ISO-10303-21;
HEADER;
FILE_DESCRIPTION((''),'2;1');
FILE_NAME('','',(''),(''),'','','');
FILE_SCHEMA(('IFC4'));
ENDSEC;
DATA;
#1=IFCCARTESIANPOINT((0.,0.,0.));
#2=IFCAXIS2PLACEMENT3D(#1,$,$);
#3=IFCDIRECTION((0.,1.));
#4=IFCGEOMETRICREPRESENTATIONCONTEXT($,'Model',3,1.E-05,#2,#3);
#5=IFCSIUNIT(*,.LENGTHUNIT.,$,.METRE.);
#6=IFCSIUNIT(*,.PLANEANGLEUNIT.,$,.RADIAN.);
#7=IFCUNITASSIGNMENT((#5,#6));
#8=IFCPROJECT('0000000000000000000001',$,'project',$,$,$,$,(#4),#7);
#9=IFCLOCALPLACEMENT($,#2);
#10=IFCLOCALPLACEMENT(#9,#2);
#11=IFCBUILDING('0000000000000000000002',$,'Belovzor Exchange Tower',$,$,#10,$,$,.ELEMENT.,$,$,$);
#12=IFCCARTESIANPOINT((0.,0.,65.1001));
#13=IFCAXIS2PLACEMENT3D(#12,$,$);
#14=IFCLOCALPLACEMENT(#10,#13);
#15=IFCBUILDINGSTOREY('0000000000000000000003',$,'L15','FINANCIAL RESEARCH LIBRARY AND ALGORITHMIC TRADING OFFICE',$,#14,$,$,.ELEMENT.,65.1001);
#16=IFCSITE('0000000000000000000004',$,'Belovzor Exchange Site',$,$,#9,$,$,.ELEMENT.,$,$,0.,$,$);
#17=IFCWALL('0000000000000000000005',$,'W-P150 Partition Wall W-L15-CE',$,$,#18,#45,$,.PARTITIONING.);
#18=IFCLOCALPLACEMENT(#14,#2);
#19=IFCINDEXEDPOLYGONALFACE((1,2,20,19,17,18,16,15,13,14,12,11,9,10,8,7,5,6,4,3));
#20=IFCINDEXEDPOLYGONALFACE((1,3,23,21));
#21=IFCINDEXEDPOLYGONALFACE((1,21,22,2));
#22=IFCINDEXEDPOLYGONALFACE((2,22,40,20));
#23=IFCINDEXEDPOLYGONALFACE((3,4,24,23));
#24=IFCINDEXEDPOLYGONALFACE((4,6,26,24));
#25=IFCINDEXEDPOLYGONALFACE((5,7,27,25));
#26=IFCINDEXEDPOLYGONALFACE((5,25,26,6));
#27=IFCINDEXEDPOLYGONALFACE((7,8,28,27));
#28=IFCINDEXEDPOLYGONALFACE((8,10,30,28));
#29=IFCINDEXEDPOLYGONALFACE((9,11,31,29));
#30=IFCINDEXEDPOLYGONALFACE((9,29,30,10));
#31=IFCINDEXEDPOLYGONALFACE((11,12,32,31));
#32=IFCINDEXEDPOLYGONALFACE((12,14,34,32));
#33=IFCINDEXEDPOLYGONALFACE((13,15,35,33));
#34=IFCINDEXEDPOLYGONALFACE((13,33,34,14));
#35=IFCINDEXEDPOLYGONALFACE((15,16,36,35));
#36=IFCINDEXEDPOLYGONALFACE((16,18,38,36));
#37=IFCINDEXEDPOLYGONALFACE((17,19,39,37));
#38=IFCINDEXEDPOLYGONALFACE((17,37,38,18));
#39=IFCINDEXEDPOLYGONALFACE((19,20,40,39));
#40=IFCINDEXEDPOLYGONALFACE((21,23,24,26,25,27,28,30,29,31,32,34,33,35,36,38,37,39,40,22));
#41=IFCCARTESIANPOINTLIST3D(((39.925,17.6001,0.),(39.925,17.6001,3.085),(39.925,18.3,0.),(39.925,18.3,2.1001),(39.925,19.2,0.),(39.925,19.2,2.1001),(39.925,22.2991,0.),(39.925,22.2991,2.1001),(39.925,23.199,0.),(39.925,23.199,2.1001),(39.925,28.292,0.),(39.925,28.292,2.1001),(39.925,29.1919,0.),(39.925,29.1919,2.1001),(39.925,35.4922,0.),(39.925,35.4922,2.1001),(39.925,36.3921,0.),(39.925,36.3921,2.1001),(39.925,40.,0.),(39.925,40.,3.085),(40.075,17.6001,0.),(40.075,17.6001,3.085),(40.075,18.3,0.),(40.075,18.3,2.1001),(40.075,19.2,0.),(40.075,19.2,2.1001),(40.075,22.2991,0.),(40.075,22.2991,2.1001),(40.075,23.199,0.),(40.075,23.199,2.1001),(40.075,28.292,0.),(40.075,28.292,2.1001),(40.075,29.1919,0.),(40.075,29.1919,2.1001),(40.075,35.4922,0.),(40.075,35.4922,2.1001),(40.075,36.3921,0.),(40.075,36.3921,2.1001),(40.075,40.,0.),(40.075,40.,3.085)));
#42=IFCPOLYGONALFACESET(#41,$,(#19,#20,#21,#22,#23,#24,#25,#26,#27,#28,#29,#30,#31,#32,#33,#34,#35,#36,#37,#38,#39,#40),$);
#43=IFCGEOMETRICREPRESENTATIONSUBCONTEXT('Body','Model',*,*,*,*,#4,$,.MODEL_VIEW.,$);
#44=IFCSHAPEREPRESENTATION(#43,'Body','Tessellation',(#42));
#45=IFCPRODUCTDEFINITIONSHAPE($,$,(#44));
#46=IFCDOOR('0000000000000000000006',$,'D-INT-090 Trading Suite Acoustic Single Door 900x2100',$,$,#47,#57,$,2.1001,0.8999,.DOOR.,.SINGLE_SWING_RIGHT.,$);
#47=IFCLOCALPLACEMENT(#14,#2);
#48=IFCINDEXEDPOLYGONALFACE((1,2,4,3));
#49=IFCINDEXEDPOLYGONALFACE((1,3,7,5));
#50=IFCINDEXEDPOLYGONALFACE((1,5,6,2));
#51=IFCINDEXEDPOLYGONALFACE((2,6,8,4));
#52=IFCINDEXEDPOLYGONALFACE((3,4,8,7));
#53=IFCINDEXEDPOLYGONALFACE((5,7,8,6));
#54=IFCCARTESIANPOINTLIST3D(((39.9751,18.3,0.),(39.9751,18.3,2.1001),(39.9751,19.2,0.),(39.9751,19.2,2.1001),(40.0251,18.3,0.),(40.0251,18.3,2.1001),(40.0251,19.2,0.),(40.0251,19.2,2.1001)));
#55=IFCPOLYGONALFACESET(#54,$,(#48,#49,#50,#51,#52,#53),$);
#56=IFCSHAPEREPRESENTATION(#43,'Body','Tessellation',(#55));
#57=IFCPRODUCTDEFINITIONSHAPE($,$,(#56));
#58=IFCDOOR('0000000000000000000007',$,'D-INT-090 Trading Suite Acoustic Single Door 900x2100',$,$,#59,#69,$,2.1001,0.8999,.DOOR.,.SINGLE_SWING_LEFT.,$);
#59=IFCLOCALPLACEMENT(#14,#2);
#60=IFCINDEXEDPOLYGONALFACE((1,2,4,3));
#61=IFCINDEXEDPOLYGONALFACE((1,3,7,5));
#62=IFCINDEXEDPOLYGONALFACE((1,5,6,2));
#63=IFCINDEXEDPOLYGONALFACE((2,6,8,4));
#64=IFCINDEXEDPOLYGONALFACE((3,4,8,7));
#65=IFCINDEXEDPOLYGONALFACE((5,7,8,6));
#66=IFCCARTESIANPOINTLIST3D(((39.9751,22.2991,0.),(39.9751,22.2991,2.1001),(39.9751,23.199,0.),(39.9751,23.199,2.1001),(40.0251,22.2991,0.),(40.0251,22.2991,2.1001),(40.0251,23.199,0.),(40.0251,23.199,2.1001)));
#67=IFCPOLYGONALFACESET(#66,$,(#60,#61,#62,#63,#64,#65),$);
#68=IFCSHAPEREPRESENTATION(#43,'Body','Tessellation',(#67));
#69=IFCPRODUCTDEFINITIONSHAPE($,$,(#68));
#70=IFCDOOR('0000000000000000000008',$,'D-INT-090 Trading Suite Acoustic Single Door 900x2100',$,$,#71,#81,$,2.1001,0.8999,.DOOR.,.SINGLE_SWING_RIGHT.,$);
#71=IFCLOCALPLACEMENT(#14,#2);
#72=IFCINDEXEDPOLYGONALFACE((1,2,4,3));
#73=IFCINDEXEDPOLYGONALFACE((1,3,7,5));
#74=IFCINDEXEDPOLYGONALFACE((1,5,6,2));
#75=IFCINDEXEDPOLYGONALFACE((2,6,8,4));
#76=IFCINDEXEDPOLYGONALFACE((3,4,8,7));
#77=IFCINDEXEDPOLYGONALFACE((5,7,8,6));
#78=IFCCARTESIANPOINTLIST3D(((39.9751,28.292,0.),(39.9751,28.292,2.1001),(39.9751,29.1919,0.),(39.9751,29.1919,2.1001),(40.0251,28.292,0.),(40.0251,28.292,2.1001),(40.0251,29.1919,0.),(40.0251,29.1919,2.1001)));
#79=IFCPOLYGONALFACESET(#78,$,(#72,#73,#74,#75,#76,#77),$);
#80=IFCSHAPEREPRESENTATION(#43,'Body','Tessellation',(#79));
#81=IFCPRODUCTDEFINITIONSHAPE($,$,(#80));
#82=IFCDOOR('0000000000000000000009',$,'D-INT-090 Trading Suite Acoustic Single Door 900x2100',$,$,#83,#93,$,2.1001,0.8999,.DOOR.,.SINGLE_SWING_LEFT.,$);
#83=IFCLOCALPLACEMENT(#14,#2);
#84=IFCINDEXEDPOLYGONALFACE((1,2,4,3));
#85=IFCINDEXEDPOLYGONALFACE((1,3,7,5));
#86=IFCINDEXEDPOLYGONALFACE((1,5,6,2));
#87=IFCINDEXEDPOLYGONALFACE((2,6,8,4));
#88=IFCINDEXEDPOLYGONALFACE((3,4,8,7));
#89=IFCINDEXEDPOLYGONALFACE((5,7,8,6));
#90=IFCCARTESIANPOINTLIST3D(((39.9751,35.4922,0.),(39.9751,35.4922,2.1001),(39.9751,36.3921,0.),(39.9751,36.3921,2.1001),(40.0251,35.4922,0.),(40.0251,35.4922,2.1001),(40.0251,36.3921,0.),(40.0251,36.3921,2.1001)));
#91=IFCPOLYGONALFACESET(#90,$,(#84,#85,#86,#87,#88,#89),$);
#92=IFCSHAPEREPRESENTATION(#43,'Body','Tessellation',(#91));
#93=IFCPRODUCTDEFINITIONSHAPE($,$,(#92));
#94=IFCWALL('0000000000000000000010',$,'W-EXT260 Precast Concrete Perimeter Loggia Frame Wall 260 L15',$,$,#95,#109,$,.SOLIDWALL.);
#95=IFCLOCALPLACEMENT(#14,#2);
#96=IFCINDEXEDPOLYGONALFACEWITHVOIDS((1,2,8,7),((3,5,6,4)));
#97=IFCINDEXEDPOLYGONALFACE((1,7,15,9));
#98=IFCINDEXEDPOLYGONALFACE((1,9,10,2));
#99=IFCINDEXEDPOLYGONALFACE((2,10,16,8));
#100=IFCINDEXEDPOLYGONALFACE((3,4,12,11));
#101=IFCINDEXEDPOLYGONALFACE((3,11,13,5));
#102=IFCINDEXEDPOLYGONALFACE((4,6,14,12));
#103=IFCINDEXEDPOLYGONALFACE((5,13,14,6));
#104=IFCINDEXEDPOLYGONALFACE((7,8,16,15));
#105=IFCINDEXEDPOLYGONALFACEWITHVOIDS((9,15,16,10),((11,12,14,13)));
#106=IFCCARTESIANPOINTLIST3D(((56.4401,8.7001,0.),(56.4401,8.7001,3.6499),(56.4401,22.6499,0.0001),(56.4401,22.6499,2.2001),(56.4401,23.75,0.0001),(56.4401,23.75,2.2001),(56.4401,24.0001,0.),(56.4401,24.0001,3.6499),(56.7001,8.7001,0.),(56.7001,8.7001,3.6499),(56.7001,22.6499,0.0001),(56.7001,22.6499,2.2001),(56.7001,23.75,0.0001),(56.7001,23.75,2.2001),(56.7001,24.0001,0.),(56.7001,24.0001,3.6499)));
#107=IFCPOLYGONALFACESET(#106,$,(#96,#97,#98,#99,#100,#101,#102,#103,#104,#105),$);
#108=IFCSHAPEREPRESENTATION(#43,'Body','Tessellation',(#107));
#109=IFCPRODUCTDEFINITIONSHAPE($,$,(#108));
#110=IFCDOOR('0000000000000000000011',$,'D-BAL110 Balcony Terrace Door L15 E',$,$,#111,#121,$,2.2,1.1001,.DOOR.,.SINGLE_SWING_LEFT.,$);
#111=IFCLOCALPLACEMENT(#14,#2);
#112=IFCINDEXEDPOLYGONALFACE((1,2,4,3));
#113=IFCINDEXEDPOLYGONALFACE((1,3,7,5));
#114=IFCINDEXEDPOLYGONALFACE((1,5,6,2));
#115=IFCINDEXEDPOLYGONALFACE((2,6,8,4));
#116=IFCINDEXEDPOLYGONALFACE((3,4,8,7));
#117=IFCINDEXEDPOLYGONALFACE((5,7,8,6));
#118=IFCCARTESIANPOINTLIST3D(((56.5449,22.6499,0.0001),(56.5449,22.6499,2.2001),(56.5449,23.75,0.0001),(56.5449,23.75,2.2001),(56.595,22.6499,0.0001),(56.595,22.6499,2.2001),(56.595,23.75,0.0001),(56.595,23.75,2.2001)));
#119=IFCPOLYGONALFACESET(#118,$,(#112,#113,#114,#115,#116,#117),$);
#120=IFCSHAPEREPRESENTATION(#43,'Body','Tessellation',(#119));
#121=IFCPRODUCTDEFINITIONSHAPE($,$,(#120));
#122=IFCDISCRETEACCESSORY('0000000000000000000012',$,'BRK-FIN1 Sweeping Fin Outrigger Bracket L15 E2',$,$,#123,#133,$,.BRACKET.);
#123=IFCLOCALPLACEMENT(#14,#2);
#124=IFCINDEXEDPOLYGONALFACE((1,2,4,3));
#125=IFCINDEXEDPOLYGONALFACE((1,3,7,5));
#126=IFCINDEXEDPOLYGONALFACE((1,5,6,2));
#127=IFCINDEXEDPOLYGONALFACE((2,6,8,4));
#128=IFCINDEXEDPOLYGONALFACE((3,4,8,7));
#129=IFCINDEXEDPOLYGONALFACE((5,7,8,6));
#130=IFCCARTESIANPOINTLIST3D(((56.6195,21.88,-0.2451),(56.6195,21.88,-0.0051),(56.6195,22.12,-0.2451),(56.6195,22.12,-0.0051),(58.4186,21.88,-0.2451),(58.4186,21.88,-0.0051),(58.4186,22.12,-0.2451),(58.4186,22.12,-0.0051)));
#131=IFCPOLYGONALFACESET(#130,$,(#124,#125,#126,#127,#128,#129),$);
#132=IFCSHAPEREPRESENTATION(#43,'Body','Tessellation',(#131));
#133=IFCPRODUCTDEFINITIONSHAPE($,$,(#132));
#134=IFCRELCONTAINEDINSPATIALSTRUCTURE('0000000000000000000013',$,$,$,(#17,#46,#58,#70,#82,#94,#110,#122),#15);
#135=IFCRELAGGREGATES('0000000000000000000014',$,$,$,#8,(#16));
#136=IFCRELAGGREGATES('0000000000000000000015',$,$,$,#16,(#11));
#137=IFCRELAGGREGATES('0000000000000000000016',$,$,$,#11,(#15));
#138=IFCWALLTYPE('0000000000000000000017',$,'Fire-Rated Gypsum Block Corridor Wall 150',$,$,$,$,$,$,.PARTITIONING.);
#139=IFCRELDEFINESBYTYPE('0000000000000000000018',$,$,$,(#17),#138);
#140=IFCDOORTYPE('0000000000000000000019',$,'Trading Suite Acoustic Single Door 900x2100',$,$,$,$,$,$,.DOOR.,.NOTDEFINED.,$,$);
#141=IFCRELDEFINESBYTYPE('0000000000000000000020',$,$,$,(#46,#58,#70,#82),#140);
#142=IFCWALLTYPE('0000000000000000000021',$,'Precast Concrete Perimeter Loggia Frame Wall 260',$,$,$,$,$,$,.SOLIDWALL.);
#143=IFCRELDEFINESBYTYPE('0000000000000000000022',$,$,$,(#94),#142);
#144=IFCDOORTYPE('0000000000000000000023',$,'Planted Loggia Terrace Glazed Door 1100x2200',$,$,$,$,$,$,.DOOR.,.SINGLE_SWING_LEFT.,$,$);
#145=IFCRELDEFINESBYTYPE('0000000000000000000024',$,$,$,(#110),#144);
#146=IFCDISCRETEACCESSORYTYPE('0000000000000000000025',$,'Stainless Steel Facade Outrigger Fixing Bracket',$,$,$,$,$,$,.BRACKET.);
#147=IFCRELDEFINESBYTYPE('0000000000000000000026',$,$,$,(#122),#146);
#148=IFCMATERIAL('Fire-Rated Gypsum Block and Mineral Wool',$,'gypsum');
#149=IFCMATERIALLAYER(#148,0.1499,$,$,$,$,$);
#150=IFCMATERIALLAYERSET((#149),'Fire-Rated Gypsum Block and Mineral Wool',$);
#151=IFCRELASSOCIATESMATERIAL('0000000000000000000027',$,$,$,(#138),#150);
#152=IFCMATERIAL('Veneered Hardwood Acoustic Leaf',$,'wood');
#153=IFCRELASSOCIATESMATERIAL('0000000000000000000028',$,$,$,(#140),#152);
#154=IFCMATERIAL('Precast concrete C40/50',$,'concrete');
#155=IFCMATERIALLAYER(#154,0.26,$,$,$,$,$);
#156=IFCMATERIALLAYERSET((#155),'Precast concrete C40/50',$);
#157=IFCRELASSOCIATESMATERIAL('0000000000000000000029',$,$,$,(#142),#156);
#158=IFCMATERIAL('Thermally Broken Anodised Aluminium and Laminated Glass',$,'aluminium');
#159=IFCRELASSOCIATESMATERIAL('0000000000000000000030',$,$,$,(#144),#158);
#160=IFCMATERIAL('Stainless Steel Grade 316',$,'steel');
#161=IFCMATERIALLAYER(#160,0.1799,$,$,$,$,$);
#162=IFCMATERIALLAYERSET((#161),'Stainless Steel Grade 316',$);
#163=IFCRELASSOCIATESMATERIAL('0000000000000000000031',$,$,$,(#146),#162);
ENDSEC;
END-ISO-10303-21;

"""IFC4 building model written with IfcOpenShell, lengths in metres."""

from ifc_helpers import new_model, si_unit, direction, frame, frame_2d, origin, origin_2d, place, context, subcontext, project, spatial, rectangle, extrude, material, layer, layer_set, type_object, element, fill, save


model = new_model("IFC4")

# Units and contexts
model_context = context("Model", 3, precision=1e-05, world=origin(), true_north=direction((0.0, 1.0)))
body_context = subcontext(model_context, "Body", "Model", "MODEL_VIEW")
ifc_project = project(units=[si_unit("LENGTHUNIT", "METRE"), si_unit("PLANEANGLEUNIT", "RADIAN")], contexts=[model_context])

# Site, building, storey
site_placement = place(None, origin())
site = spatial("IfcSite", under=ifc_project, at=site_placement, Name="Belovzor Exchange Site", CompositionType="ELEMENT", RefElevation=0.0)
building_placement = place(site_placement, origin())
building = spatial("IfcBuilding", under=site, at=building_placement, Name="Belovzor Exchange Tower", CompositionType="ELEMENT")
storey_placement = place(building_placement, frame((0.0, 0.0, 65.1001)))
storey = spatial("IfcBuildingStorey", under=building, at=storey_placement, Name="L15", Description="FINANCIAL RESEARCH LIBRARY AND ALGORITHMIC TRADING OFFICE", CompositionType="ELEMENT", Elevation=65.1001)

# Wall, openings, doors
ifc_material_1 = material(Name="Fire-Rated Gypsum Block and Mineral Wool", Category="gypsum")
ifc_layer_1 = layer(ifc_material_1, 0.1499)
ifc_layer_set_1 = layer_set([ifc_layer_1], Name="Fire-Rated Gypsum Block and Mineral Wool")
wall_type_1 = type_object("IfcWallType", Name="Fire-Rated Gypsum Block Corridor Wall 150", PredefinedType="PARTITIONING", material=ifc_layer_set_1)
wall_1_placement = place(storey_placement, frame((40.0, 17.6001, 0.0), z_axis=(0.0, 0.0, 1.0), x_axis=(0.0, 1.0, 0.0)))
wall_1 = element("IfcWall", 1, at=wall_1_placement, inside=storey, type_object=wall_type_1, Name="W-P150 Partition Wall W-L15-CE", PredefinedType="PARTITIONING", context=body_context, shape_type="SweptSolid", body=[
    extrude(rectangle(XDim=22.3999, YDim=0.1499, at=frame_2d((11.2, 0.0))), origin(), (0.0, 0.0, 1.0), 3.085),
])
opening_1_placement = place(wall_1_placement, frame((0.7, 0.0, 0.0)))
opening_1 = element("IfcOpeningElement", 2, at=opening_1_placement, cuts=wall_1, PredefinedType="OPENING", context=body_context, shape_type="SweptSolid", body=[
    extrude(rectangle(XDim=0.8999, YDim=2.1001, at=frame_2d((0.45, 1.05))), frame((0.0, 0.085, 0.0), z_axis=(0.0, -1.0, 0.0), x_axis=(1.0, 0.0, 0.0)), (0.0, 0.0, 1.0), 0.1699),
])
opening_2_placement = place(wall_1_placement, frame((4.699, 0.0, 0.0)))
opening_2 = element("IfcOpeningElement", 3, at=opening_2_placement, cuts=wall_1, PredefinedType="OPENING", context=body_context, shape_type="SweptSolid", body=[
    extrude(rectangle(XDim=0.8999, YDim=2.1001, at=frame_2d((0.45, 1.05))), frame((0.0, 0.085, 0.0), z_axis=(0.0, -1.0, 0.0), x_axis=(1.0, 0.0, 0.0)), (0.0, 0.0, 1.0), 0.1699),
])
opening_3_placement = place(wall_1_placement, frame((10.6919, 0.0, 0.0)))
opening_3 = element("IfcOpeningElement", 4, at=opening_3_placement, cuts=wall_1, PredefinedType="OPENING", context=body_context, shape_type="SweptSolid", body=[
    extrude(rectangle(XDim=0.8999, YDim=2.1001, at=frame_2d((0.45, 1.05))), frame((0.0, 0.085, 0.0), z_axis=(0.0, -1.0, 0.0), x_axis=(1.0, 0.0, 0.0)), (0.0, 0.0, 1.0), 0.1699),
])
opening_4_placement = place(wall_1_placement, frame((17.8921, 0.0, 0.0)))
opening_4 = element("IfcOpeningElement", 5, at=opening_4_placement, cuts=wall_1, PredefinedType="OPENING", context=body_context, shape_type="SweptSolid", body=[
    extrude(rectangle(XDim=0.8999, YDim=2.1001, at=frame_2d((0.45, 1.05))), frame((0.0, 0.085, 0.0), z_axis=(0.0, -1.0, 0.0), x_axis=(1.0, 0.0, 0.0)), (0.0, 0.0, 1.0), 0.1699),
])
ifc_material_2 = material(Name="Veneered Hardwood Acoustic Leaf", Category="wood")
door_type_1 = type_object("IfcDoorType", Name="Trading Suite Acoustic Single Door 900x2100", OperationType="NOTDEFINED", PredefinedType="DOOR", material=ifc_material_2)
door_1_placement = place(opening_1_placement, origin())
door_1 = element("IfcDoor", 6, at=door_1_placement, inside=storey, type_object=door_type_1, Name="D-INT-090 Trading Suite Acoustic Single Door 900x2100", OperationType="SINGLE_SWING_RIGHT", OverallHeight=2.1001, OverallWidth=0.8999, PredefinedType="DOOR", context=body_context, shape_type="SweptSolid", body=[
    extrude(rectangle(XDim=0.8999, YDim=2.1001, at=frame_2d((0.45, 1.05))), frame((0.0, 0.0249, 0.0), z_axis=(0.0, -1.0, 0.0), x_axis=(1.0, 0.0, 0.0)), (0.0, 0.0, 1.0), 0.05),
])
fill(opening_1, door_1)
door_2_placement = place(opening_2_placement, origin())
door_2 = element("IfcDoor", 7, at=door_2_placement, inside=storey, type_object=door_type_1, Name="D-INT-090 Trading Suite Acoustic Single Door 900x2100", OperationType="SINGLE_SWING_LEFT", OverallHeight=2.1001, OverallWidth=0.8999, PredefinedType="DOOR", context=body_context, shape_type="SweptSolid", body=[
    extrude(rectangle(XDim=0.8999, YDim=2.1001, at=frame_2d((0.45, 1.05))), frame((0.0, 0.0249, 0.0), z_axis=(0.0, -1.0, 0.0), x_axis=(1.0, 0.0, 0.0)), (0.0, 0.0, 1.0), 0.05),
])
fill(opening_2, door_2)
door_3_placement = place(opening_3_placement, origin())
door_3 = element("IfcDoor", 8, at=door_3_placement, inside=storey, type_object=door_type_1, Name="D-INT-090 Trading Suite Acoustic Single Door 900x2100", OperationType="SINGLE_SWING_RIGHT", OverallHeight=2.1001, OverallWidth=0.8999, PredefinedType="DOOR", context=body_context, shape_type="SweptSolid", body=[
    extrude(rectangle(XDim=0.8999, YDim=2.1001, at=frame_2d((0.45, 1.05))), frame((0.0, 0.0249, 0.0), z_axis=(0.0, -1.0, 0.0), x_axis=(1.0, 0.0, 0.0)), (0.0, 0.0, 1.0), 0.05),
])
fill(opening_3, door_3)
door_4_placement = place(opening_4_placement, origin())
door_4 = element("IfcDoor", 9, at=door_4_placement, inside=storey, type_object=door_type_1, Name="D-INT-090 Trading Suite Acoustic Single Door 900x2100", OperationType="SINGLE_SWING_LEFT", OverallHeight=2.1001, OverallWidth=0.8999, PredefinedType="DOOR", context=body_context, shape_type="SweptSolid", body=[
    extrude(rectangle(XDim=0.8999, YDim=2.1001, at=frame_2d((0.45, 1.05))), frame((0.0, 0.0249, 0.0), z_axis=(0.0, -1.0, 0.0), x_axis=(1.0, 0.0, 0.0)), (0.0, 0.0, 1.0), 0.05),
])
fill(opening_4, door_4)

# Wall, opening, door
ifc_material_3 = material(Name="Precast concrete C40/50", Category="concrete")
ifc_layer_2 = layer(ifc_material_3, 0.26)
ifc_layer_set_2 = layer_set([ifc_layer_2], Name="Precast concrete C40/50")
wall_type_2 = type_object("IfcWallType", Name="Precast Concrete Perimeter Loggia Frame Wall 260", PredefinedType="SOLIDWALL", material=ifc_layer_set_2)
wall_2_placement = place(storey_placement, frame((56.5701, 24.0, 0.0), z_axis=(0.0, 0.0, 1.0), x_axis=(0.0, -1.0, 0.0)))
wall_2 = element("IfcWall", 10, at=wall_2_placement, inside=storey, type_object=wall_type_2, Name="W-EXT260 Precast Concrete Perimeter Loggia Frame Wall 260 L15", PredefinedType="SOLIDWALL", context=body_context, shape_type="SweptSolid", body=[
    extrude(rectangle(XDim=15.3, YDim=0.26, at=frame_2d((7.6499, 0.0))), origin(), (0.0, 0.0, 1.0), 3.6499),
])
opening_5_placement = place(wall_2_placement, frame((0.25, 0.0, 0.0)))
opening_5 = element("IfcOpeningElement", 11, at=opening_5_placement, cuts=wall_2, PredefinedType="OPENING", context=body_context, shape_type="SweptSolid", body=[
    extrude(rectangle(XDim=1.1001, YDim=2.2, at=frame_2d((0.55, 1.1001))), frame((0.0, 0.1399, 0.0), z_axis=(0.0, -1.0, 0.0), x_axis=(1.0, 0.0, 0.0)), (0.0, 0.0, 1.0), 0.28),
])
ifc_material_4 = material(Name="Thermally Broken Anodised Aluminium and Laminated Glass", Category="aluminium")
door_type_2 = type_object("IfcDoorType", Name="Planted Loggia Terrace Glazed Door 1100x2200", OperationType="SINGLE_SWING_LEFT", PredefinedType="DOOR", material=ifc_material_4)
door_5_placement = place(opening_5_placement, origin())
door_5 = element("IfcDoor", 12, at=door_5_placement, inside=storey, type_object=door_type_2, Name="D-BAL110 Balcony Terrace Door L15 E", OperationType="SINGLE_SWING_LEFT", OverallHeight=2.2, OverallWidth=1.1001, PredefinedType="DOOR", context=body_context, shape_type="SweptSolid", body=[
    extrude(rectangle(XDim=1.1001, YDim=2.2, at=frame_2d((0.55, 1.1001))), frame((0.0, 0.0249, 0.0), z_axis=(0.0, -1.0, 0.0), x_axis=(1.0, 0.0, 0.0)), (0.0, 0.0, 1.0), 0.05),
])
fill(opening_5, door_5)

# Discrete accessory
ifc_material_5 = material(Name="Stainless Steel Grade 316", Category="steel")
ifc_layer_3 = layer(ifc_material_5, 0.1799)
ifc_layer_set_3 = layer_set([ifc_layer_3], Name="Stainless Steel Grade 316")
discrete_accessory_type = type_object("IfcDiscreteAccessoryType", Name="Stainless Steel Facade Outrigger Fixing Bracket", PredefinedType="BRACKET", material=ifc_layer_set_3)
discrete_accessory_placement = place(storey_placement, frame((57.519, 22.0, -0.2451), z_axis=(0.0, 0.0, 1.0), x_axis=(1.0, 0.0, 0.0)))
element("IfcDiscreteAccessory", 13, at=discrete_accessory_placement, inside=storey, type_object=discrete_accessory_type, Name="BRK-FIN1 Sweeping Fin Outrigger Bracket L15 E2", PredefinedType="BRACKET", context=body_context, shape_type="SweptSolid", body=[
    extrude(rectangle(XDim=1.7991, YDim=0.24, at=origin_2d()), origin(), (0.0, 0.0, 1.0), 0.24),
])

save(model, "model.ifc")
